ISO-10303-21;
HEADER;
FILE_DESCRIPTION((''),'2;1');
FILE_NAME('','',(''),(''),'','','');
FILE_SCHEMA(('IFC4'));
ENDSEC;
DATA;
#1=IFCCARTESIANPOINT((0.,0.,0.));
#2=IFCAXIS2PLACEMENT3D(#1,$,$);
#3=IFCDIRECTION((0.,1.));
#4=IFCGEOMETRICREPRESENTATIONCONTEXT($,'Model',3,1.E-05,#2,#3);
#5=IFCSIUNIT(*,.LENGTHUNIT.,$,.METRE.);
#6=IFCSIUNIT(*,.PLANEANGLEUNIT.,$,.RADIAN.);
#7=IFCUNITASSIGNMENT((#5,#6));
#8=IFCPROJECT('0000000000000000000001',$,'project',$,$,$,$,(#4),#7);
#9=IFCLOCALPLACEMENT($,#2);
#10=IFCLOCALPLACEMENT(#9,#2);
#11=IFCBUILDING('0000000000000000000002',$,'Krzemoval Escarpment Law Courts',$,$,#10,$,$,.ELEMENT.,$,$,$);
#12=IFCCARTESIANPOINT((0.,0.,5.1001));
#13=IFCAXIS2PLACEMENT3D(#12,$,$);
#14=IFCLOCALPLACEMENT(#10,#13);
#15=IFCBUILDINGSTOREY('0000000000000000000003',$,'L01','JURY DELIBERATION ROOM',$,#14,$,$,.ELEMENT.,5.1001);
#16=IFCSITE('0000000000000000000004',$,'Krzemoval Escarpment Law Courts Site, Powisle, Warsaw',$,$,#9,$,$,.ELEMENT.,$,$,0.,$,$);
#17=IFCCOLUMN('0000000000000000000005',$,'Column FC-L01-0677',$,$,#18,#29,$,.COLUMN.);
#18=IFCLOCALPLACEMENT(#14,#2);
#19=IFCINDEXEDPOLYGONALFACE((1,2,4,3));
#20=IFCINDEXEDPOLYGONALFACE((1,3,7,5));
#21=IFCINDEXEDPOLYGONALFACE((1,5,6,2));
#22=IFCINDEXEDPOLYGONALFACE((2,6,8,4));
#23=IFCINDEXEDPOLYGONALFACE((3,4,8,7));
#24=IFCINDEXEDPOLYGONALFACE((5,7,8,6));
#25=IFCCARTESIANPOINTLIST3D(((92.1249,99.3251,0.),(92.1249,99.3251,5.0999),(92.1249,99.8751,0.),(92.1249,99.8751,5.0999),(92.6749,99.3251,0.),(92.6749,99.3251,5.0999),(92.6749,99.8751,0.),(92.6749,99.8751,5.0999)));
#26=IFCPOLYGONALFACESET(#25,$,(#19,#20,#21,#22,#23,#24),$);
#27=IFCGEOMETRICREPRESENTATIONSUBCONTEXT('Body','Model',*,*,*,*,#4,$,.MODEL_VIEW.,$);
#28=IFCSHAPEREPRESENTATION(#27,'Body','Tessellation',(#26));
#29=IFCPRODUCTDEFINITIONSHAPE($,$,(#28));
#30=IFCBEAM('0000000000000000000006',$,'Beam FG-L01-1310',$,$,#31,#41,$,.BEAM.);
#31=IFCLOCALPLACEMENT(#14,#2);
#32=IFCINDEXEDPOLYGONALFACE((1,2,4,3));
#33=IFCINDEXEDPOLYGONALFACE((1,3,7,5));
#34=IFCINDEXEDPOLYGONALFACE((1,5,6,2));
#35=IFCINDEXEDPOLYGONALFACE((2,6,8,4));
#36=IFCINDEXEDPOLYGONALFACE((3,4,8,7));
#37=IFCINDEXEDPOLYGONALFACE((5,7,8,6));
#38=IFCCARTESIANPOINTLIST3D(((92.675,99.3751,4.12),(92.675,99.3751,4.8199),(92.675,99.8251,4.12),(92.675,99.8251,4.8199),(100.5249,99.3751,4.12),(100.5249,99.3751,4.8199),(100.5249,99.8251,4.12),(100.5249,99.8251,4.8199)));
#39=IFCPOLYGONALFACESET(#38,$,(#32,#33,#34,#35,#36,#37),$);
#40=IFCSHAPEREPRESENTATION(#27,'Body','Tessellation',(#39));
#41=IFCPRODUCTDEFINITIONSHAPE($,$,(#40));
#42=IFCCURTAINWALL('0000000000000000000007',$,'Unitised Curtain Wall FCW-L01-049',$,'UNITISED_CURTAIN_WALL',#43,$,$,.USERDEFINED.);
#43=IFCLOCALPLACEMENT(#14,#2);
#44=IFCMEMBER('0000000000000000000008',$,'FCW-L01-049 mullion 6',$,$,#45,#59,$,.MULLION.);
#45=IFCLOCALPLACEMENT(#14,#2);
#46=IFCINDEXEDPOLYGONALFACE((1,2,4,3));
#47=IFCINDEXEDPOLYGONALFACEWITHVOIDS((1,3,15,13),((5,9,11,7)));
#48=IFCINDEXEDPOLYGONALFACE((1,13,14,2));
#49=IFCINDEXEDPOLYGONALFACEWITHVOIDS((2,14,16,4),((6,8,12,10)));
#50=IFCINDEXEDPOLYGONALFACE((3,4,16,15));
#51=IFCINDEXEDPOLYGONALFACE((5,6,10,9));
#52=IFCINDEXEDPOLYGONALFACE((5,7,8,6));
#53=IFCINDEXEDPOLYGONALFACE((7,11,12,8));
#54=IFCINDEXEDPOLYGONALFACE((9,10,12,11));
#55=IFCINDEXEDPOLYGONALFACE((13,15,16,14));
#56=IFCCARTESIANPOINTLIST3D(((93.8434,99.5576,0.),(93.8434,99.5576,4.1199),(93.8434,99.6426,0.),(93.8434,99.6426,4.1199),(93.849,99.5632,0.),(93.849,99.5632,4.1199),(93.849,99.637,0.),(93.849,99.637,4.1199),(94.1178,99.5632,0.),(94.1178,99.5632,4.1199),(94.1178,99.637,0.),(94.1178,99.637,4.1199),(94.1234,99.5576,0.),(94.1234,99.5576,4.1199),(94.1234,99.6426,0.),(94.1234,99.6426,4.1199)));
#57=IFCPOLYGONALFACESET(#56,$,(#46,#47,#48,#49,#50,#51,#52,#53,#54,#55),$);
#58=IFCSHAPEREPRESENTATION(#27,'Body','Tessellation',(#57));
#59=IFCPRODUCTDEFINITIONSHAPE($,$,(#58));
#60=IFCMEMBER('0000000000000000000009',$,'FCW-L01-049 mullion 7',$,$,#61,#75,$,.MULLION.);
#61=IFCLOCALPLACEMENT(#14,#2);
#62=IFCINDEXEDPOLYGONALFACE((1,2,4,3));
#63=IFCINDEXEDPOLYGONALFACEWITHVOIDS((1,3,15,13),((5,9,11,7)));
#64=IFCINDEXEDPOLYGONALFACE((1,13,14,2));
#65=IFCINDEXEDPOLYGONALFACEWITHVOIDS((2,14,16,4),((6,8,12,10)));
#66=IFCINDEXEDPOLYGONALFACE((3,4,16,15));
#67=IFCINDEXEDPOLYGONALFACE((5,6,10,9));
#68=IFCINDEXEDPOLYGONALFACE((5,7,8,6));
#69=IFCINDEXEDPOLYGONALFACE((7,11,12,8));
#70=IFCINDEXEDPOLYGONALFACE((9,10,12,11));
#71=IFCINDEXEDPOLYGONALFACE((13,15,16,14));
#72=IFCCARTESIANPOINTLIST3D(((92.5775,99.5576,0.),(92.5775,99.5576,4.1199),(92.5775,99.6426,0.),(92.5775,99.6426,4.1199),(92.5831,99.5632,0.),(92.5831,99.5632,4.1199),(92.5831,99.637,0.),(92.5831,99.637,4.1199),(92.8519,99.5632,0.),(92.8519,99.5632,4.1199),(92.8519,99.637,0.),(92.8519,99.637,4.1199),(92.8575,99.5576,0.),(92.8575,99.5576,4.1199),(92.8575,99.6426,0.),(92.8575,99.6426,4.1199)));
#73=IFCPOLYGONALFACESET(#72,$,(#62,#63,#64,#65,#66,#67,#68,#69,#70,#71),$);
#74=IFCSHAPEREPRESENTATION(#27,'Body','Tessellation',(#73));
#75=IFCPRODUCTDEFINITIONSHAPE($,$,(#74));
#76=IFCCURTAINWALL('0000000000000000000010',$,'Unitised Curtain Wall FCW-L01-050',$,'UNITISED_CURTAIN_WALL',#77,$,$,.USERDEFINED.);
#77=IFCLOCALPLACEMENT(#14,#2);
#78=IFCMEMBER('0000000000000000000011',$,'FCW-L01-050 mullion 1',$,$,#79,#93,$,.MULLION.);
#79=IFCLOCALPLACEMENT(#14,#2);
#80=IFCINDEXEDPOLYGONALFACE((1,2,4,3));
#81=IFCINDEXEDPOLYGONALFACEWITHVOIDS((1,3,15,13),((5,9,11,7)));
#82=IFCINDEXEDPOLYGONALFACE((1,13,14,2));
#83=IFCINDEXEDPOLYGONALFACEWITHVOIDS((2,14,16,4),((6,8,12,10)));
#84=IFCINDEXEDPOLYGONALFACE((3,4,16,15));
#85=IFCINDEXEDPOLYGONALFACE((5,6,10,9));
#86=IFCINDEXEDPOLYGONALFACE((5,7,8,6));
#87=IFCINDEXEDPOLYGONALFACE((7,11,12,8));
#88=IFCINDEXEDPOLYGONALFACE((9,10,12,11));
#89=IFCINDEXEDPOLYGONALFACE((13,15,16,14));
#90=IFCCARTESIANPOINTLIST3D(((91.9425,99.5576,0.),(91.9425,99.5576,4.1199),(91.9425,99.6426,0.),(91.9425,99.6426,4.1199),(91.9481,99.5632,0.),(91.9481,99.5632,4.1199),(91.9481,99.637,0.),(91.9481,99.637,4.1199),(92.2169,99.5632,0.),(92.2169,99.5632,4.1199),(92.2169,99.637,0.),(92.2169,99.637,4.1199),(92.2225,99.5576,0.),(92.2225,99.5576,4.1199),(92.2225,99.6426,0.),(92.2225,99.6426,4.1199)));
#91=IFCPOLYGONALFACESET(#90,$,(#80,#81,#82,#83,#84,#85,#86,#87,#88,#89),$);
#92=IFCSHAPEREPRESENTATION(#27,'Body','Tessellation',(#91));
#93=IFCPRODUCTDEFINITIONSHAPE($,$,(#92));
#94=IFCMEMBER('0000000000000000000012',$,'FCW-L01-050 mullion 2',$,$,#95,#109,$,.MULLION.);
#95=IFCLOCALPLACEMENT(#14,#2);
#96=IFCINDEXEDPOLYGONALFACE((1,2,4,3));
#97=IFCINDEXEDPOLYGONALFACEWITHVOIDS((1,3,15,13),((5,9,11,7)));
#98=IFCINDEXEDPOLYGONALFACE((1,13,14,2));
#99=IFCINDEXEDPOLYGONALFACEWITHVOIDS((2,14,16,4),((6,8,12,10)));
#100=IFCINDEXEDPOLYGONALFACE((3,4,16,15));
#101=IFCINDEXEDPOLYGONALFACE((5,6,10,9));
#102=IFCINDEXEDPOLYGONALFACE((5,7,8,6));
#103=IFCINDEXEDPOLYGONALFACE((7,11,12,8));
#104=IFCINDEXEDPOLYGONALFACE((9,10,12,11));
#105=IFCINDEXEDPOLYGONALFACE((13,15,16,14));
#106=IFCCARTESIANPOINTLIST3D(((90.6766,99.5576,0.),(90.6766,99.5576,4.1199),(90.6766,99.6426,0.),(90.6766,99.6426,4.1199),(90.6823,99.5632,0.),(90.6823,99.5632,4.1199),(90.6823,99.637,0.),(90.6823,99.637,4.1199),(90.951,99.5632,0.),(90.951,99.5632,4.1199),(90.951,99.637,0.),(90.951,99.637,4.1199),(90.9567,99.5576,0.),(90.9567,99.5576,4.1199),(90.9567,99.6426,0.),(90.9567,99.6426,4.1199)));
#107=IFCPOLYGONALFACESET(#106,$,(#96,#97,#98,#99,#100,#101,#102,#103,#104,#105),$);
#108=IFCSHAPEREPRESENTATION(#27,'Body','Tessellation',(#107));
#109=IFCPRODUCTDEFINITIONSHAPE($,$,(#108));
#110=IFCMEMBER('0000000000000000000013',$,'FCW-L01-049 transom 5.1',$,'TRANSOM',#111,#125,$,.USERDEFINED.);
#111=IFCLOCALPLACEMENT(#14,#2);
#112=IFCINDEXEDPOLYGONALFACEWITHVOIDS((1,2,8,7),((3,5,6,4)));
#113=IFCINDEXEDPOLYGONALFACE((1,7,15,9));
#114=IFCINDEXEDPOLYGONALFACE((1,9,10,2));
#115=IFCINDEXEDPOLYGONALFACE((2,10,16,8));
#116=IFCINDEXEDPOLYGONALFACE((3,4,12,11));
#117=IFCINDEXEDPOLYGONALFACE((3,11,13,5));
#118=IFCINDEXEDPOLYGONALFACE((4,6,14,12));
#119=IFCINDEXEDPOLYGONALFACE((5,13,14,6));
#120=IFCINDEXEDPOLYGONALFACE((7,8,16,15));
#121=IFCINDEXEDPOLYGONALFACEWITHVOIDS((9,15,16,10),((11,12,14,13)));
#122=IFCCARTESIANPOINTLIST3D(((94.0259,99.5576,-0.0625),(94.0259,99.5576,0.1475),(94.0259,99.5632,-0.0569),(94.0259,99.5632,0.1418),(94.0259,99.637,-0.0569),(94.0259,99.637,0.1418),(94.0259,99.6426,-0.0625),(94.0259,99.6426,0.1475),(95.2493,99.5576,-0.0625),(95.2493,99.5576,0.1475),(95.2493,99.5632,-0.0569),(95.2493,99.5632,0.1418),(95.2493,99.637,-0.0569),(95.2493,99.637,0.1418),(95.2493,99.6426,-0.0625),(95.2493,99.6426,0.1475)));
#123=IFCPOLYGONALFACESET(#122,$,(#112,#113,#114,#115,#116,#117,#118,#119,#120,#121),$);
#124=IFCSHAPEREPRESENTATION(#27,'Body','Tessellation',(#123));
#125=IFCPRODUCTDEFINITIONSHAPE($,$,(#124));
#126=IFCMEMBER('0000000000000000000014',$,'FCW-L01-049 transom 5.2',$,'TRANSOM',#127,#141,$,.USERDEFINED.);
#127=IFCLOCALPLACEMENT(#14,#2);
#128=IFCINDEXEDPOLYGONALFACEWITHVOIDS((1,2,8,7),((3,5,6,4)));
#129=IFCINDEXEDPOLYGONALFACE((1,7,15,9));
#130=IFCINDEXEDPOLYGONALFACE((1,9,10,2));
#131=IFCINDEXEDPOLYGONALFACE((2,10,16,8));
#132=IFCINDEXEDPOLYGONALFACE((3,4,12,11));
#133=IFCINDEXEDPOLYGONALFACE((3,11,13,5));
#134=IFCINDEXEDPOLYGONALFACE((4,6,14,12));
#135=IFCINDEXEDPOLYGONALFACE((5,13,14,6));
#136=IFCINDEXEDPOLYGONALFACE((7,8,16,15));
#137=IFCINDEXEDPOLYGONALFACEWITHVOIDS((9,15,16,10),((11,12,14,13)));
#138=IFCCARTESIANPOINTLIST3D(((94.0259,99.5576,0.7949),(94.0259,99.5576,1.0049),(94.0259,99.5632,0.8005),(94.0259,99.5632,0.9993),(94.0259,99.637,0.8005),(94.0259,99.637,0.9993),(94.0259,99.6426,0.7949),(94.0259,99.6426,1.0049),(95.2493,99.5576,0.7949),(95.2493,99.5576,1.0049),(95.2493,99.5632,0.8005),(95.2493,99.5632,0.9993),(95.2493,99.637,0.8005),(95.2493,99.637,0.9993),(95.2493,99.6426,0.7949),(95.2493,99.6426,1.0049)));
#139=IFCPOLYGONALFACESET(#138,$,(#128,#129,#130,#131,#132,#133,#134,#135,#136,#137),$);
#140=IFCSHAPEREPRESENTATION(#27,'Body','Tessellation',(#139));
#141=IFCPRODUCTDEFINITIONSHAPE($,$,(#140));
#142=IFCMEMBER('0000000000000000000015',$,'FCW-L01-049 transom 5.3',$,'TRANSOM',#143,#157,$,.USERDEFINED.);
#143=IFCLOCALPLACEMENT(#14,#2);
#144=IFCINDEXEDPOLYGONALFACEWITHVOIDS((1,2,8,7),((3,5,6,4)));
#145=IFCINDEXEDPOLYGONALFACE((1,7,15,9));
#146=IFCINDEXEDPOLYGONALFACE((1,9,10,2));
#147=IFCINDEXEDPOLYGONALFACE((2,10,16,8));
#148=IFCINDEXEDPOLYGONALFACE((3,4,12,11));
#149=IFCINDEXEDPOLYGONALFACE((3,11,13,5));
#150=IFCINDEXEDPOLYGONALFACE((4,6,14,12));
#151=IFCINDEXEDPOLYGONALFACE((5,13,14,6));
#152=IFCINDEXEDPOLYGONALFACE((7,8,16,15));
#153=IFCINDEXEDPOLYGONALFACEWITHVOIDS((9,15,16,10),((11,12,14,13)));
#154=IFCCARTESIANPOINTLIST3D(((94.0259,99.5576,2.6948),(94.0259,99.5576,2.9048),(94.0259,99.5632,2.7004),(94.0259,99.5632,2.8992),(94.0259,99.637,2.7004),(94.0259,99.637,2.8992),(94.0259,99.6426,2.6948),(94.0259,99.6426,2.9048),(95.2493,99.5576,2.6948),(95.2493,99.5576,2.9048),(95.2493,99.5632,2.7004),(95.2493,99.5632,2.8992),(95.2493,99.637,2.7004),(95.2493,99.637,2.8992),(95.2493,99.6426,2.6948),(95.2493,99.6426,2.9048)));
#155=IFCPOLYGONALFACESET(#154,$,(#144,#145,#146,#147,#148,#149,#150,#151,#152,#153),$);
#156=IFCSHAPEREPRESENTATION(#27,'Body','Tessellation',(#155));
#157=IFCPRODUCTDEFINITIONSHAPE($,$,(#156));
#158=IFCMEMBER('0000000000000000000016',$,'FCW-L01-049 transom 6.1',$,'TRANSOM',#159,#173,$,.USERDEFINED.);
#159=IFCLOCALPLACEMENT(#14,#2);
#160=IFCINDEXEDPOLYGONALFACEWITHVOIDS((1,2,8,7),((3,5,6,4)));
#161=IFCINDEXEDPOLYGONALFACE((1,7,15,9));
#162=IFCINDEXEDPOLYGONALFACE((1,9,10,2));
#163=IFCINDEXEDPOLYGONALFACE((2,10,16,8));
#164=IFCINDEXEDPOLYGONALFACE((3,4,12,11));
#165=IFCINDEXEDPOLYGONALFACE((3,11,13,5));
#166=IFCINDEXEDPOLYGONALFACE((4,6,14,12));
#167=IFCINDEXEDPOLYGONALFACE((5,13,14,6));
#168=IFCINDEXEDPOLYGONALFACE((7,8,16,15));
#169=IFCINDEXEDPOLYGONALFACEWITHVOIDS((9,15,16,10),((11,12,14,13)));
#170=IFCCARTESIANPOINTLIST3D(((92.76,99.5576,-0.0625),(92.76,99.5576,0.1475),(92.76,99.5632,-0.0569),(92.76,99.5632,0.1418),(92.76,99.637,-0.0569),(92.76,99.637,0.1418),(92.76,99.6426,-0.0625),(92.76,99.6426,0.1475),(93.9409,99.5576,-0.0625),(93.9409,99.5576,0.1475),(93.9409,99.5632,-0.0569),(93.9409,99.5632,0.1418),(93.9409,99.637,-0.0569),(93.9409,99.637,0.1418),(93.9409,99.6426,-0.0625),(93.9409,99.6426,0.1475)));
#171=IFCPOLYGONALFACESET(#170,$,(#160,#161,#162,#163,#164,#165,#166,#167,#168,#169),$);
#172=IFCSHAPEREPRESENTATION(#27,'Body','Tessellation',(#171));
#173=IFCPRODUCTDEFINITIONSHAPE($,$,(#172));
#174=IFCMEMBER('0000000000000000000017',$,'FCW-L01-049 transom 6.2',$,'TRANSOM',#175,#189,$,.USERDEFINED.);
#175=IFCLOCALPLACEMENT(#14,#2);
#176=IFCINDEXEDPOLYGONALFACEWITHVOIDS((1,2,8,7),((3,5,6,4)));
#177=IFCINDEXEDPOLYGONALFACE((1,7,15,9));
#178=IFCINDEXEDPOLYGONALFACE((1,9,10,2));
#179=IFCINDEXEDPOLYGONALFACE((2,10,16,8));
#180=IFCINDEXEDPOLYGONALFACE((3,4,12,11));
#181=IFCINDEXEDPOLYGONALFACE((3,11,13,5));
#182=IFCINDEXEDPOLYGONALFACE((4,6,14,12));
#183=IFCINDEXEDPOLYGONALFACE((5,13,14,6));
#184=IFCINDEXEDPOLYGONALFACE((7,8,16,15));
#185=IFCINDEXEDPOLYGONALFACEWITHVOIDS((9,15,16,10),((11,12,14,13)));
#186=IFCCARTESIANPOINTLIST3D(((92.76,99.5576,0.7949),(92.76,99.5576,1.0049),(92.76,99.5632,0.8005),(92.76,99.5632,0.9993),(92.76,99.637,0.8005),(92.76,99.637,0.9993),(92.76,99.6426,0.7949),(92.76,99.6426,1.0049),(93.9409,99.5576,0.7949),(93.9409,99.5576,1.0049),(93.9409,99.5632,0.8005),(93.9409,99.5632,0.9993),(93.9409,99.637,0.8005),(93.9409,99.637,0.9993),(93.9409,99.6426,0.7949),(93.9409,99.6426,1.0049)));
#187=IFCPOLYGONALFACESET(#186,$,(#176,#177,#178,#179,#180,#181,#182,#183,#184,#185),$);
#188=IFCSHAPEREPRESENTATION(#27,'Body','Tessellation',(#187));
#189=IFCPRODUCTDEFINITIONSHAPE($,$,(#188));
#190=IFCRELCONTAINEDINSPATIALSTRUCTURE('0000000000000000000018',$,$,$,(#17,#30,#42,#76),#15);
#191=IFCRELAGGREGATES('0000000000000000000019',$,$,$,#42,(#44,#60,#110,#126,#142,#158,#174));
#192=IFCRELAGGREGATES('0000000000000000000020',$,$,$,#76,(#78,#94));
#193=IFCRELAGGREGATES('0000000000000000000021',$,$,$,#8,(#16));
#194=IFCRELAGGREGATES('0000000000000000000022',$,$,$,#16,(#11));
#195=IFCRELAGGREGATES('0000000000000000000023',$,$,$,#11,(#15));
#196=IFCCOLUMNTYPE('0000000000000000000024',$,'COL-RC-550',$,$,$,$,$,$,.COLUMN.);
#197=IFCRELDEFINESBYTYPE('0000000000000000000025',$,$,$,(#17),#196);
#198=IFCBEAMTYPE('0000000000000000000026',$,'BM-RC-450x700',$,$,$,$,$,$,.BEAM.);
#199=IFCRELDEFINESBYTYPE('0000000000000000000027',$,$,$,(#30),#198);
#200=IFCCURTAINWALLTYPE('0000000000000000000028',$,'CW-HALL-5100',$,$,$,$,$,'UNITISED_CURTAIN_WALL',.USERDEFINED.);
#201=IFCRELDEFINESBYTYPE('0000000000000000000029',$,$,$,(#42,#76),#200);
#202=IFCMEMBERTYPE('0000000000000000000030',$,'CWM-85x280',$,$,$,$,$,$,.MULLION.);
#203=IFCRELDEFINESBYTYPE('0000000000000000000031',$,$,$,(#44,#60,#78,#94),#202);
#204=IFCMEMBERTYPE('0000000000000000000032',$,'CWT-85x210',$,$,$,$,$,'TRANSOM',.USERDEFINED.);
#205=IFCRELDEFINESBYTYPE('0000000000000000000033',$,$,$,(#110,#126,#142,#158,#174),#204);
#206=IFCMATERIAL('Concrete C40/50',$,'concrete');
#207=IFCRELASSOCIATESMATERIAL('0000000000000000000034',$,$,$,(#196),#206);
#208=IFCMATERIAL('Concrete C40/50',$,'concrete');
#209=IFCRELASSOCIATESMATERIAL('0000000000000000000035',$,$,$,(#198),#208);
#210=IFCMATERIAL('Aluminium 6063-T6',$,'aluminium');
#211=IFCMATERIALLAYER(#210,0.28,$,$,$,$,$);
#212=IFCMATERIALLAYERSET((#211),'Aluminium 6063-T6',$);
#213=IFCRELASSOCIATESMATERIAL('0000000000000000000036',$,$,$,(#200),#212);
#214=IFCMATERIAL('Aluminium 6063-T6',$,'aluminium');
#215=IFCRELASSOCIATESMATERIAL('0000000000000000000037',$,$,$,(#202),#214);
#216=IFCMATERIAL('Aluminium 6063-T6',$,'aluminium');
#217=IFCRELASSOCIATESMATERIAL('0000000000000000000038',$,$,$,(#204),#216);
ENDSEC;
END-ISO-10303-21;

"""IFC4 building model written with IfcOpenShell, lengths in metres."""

from ifc_helpers import new_model, si_unit, direction, frame, origin, origin_2d, place, context, subcontext, project, spatial, rectangle, hollow_rectangle, extrude, material, layer, layer_set, material_profile, profile_set, type_object, element, aggregate, save


model = new_model("IFC4")

# Units and contexts
model_context = context("Model", 3, precision=1e-05, world=origin(), true_north=direction((0.0, 1.0)))
body_context = subcontext(model_context, "Body", "Model", "MODEL_VIEW")
ifc_project = project(units=[si_unit("LENGTHUNIT", "METRE"), si_unit("PLANEANGLEUNIT", "RADIAN")], contexts=[model_context])

# Site, building, storey
site_placement = place(None, origin())
site = spatial("IfcSite", under=ifc_project, at=site_placement, Name="Krzemoval Escarpment Law Courts Site, Powisle, Warsaw", CompositionType="ELEMENT", RefElevation=0.0)
building_placement = place(site_placement, origin())
building = spatial("IfcBuilding", under=site, at=building_placement, Name="Krzemoval Escarpment Law Courts", CompositionType="ELEMENT")
storey_placement = place(building_placement, frame((0.0, 0.0, 5.1001)))
storey = spatial("IfcBuildingStorey", under=building, at=storey_placement, Name="L01", Description="JURY DELIBERATION ROOM", CompositionType="ELEMENT", Elevation=5.1001)

# Column
ifc_material_1 = material(Name="Concrete C40/50", Category="concrete")
ifc_material_profile_1 = material_profile(ifc_material_1, rectangle(XDim=0.55, YDim=0.55, at=origin_2d()), Name="RC 550x550")
ifc_profile_set_1 = profile_set([ifc_material_profile_1], Name="Concrete C40/50")
column_type = type_object("IfcColumnType", Name="COL-RC-550", PredefinedType="COLUMN", material=ifc_profile_set_1)
column_placement = place(storey_placement, frame((92.3999, 99.6001, 0.0), z_axis=(0.0, 0.0, 1.0), x_axis=(1.0, 0.0, 0.0)))
element("IfcColumn", 1, at=column_placement, inside=storey, type_object=column_type, Name="Column FC-L01-0677", PredefinedType="COLUMN", context=body_context, shape_type="SweptSolid", body=[
    extrude(rectangle(XDim=0.55, YDim=0.55, at=origin_2d()), origin(), (0.0, 0.0, 1.0), 5.0999),
])

# Beam
ifc_material_2 = material(Name="Concrete C40/50", Category="concrete")
ifc_material_profile_2 = material_profile(ifc_material_2, rectangle(XDim=0.45, YDim=0.7, at=origin_2d()), Name="RCB 450x700")
ifc_profile_set_2 = profile_set([ifc_material_profile_2], Name="Concrete C40/50")
beam_type = type_object("IfcBeamType", Name="BM-RC-450x700", PredefinedType="BEAM", material=ifc_profile_set_2)
beam_placement = place(storey_placement, frame((92.675, 99.6001, 4.47), z_axis=(1.0, 0.0, 0.0), x_axis=(0.0, 1.0, 0.0)))
element("IfcBeam", 2, at=beam_placement, inside=storey, type_object=beam_type, Name="Beam FG-L01-1310", PredefinedType="BEAM", context=body_context, shape_type="SweptSolid", body=[
    extrude(rectangle(XDim=0.45, YDim=0.7, at=origin_2d()), origin(), (0.0, 0.0, 1.0), 7.8499),
])

# Curtain walls, members
ifc_material_3 = material(Name="Aluminium 6063-T6", Category="aluminium")
ifc_layer_1 = layer(ifc_material_3, 0.28)
ifc_layer_set_1 = layer_set([ifc_layer_1], Name="Aluminium 6063-T6")
curtain_wall_type = type_object("IfcCurtainWallType", Name="CW-HALL-5100", ElementType="UNITISED_CURTAIN_WALL", PredefinedType="USERDEFINED", material=ifc_layer_set_1)
curtain_wall_1_placement = place(storey_placement, origin())
curtain_wall_1 = element("IfcCurtainWall", 3, at=curtain_wall_1_placement, inside=storey, type_object=curtain_wall_type, Name="Unitised Curtain Wall FCW-L01-049", ObjectType="UNITISED_CURTAIN_WALL", PredefinedType="USERDEFINED")
ifc_material_4 = material(Name="Aluminium 6063-T6", Category="aluminium")
ifc_material_profile_3 = material_profile(ifc_material_4, hollow_rectangle(XDim=0.085, YDim=0.28, WallThickness=0.0056, at=origin_2d()), Name="ALU M85x280")
ifc_profile_set_3 = profile_set([ifc_material_profile_3], Name="Aluminium 6063-T6")
member_type_1 = type_object("IfcMemberType", Name="CWM-85x280", PredefinedType="MULLION", material=ifc_profile_set_3)
member_1_placement = place(storey_placement, frame((93.9834, 99.6001, 0.0), z_axis=(0.0, 0.0, 1.0), x_axis=(0.0, -1.0, 0.0)))
member_1 = element("IfcMember", 4, at=member_1_placement, type_object=member_type_1, Name="FCW-L01-049 mullion 6", PredefinedType="MULLION", context=body_context, shape_type="SweptSolid", body=[
    extrude(hollow_rectangle(XDim=0.085, YDim=0.28, WallThickness=0.0056, at=origin_2d()), origin(), (0.0, 0.0, 1.0), 4.1199),
])
member_2_placement = place(storey_placement, frame((92.7175, 99.6001, 0.0), z_axis=(0.0, 0.0, 1.0), x_axis=(0.0, -1.0, 0.0)))
member_2 = element("IfcMember", 5, at=member_2_placement, type_object=member_type_1, Name="FCW-L01-049 mullion 7", PredefinedType="MULLION", context=body_context, shape_type="SweptSolid", body=[
    extrude(hollow_rectangle(XDim=0.085, YDim=0.28, WallThickness=0.0056, at=origin_2d()), origin(), (0.0, 0.0, 1.0), 4.1199),
])
curtain_wall_2_placement = place(storey_placement, origin())
curtain_wall_2 = element("IfcCurtainWall", 6, at=curtain_wall_2_placement, inside=storey, type_object=curtain_wall_type, Name="Unitised Curtain Wall FCW-L01-050", ObjectType="UNITISED_CURTAIN_WALL", PredefinedType="USERDEFINED")
member_3_placement = place(storey_placement, frame((92.0825, 99.6001, 0.0), z_axis=(0.0, 0.0, 1.0), x_axis=(0.0, -1.0, 0.0)))
member_3 = element("IfcMember", 7, at=member_3_placement, type_object=member_type_1, Name="FCW-L01-050 mullion 1", PredefinedType="MULLION", context=body_context, shape_type="SweptSolid", body=[
    extrude(hollow_rectangle(XDim=0.085, YDim=0.28, WallThickness=0.0056, at=origin_2d()), origin(), (0.0, 0.0, 1.0), 4.1199),
])
member_4_placement = place(storey_placement, frame((90.8167, 99.6001, 0.0), z_axis=(0.0, 0.0, 1.0), x_axis=(0.0, -1.0, 0.0)))
member_4 = element("IfcMember", 8, at=member_4_placement, type_object=member_type_1, Name="FCW-L01-050 mullion 2", PredefinedType="MULLION", context=body_context, shape_type="SweptSolid", body=[
    extrude(hollow_rectangle(XDim=0.085, YDim=0.28, WallThickness=0.0056, at=origin_2d()), origin(), (0.0, 0.0, 1.0), 4.1199),
])

# Members
ifc_material_5 = material(Name="Aluminium 6063-T6", Category="aluminium")
ifc_material_profile_4 = material_profile(ifc_material_5, hollow_rectangle(XDim=0.085, YDim=0.21, WallThickness=0.0056, at=origin_2d()), Name="ALU T85x210")
ifc_profile_set_4 = profile_set([ifc_material_profile_4], Name="Aluminium 6063-T6")
member_type_2 = type_object("IfcMemberType", Name="CWT-85x210", ElementType="TRANSOM", PredefinedType="USERDEFINED", material=ifc_profile_set_4)
member_5_placement = place(storey_placement, frame((95.2493, 99.6001, 0.0425), z_axis=(-1.0, 0.0, 0.0), x_axis=(0.0, -1.0, 0.0)))
member_5 = element("IfcMember", 9, at=member_5_placement, type_object=member_type_2, Name="FCW-L01-049 transom 5.1", ObjectType="TRANSOM", PredefinedType="USERDEFINED", context=body_context, shape_type="SweptSolid", body=[
    extrude(hollow_rectangle(XDim=0.085, YDim=0.21, WallThickness=0.0056, at=origin_2d()), origin(), (0.0, 0.0, 1.0), 1.2234),
])
member_6_placement = place(storey_placement, frame((95.2493, 99.6001, 0.8999), z_axis=(-1.0, 0.0, 0.0), x_axis=(0.0, -1.0, 0.0)))
member_6 = element("IfcMember", 10, at=member_6_placement, type_object=member_type_2, Name="FCW-L01-049 transom 5.2", ObjectType="TRANSOM", PredefinedType="USERDEFINED", context=body_context, shape_type="SweptSolid", body=[
    extrude(hollow_rectangle(XDim=0.085, YDim=0.21, WallThickness=0.0056, at=origin_2d()), origin(), (0.0, 0.0, 1.0), 1.2234),
])
member_7_placement = place(storey_placement, frame((95.2493, 99.6001, 2.7998), z_axis=(-1.0, 0.0, 0.0), x_axis=(0.0, -1.0, 0.0)))
member_7 = element("IfcMember", 11, at=member_7_placement, type_object=member_type_2, Name="FCW-L01-049 transom 5.3", ObjectType="TRANSOM", PredefinedType="USERDEFINED", context=body_context, shape_type="SweptSolid", body=[
    extrude(hollow_rectangle(XDim=0.085, YDim=0.21, WallThickness=0.0056, at=origin_2d()), origin(), (0.0, 0.0, 1.0), 1.2234),
])
member_8_placement = place(storey_placement, frame((93.9409, 99.6001, 0.0425), z_axis=(-1.0, 0.0, 0.0), x_axis=(0.0, -1.0, 0.0)))
member_8 = element("IfcMember", 12, at=member_8_placement, type_object=member_type_2, Name="FCW-L01-049 transom 6.1", ObjectType="TRANSOM", PredefinedType="USERDEFINED", context=body_context, shape_type="SweptSolid", body=[
    extrude(hollow_rectangle(XDim=0.085, YDim=0.21, WallThickness=0.0056, at=origin_2d()), origin(), (0.0, 0.0, 1.0), 1.1809),
])
member_9_placement = place(storey_placement, frame((93.9409, 99.6001, 0.8999), z_axis=(-1.0, 0.0, 0.0), x_axis=(0.0, -1.0, 0.0)))
member_9 = element("IfcMember", 13, at=member_9_placement, type_object=member_type_2, Name="FCW-L01-049 transom 6.2", ObjectType="TRANSOM", PredefinedType="USERDEFINED", context=body_context, shape_type="SweptSolid", body=[
    extrude(hollow_rectangle(XDim=0.085, YDim=0.21, WallThickness=0.0056, at=origin_2d()), origin(), (0.0, 0.0, 1.0), 1.1809),
])

aggregate(curtain_wall_1, [member_1, member_2, member_5, member_6, member_7, member_8, member_9])
aggregate(curtain_wall_2, [member_3, member_4])

save(model, "model.ifc")
